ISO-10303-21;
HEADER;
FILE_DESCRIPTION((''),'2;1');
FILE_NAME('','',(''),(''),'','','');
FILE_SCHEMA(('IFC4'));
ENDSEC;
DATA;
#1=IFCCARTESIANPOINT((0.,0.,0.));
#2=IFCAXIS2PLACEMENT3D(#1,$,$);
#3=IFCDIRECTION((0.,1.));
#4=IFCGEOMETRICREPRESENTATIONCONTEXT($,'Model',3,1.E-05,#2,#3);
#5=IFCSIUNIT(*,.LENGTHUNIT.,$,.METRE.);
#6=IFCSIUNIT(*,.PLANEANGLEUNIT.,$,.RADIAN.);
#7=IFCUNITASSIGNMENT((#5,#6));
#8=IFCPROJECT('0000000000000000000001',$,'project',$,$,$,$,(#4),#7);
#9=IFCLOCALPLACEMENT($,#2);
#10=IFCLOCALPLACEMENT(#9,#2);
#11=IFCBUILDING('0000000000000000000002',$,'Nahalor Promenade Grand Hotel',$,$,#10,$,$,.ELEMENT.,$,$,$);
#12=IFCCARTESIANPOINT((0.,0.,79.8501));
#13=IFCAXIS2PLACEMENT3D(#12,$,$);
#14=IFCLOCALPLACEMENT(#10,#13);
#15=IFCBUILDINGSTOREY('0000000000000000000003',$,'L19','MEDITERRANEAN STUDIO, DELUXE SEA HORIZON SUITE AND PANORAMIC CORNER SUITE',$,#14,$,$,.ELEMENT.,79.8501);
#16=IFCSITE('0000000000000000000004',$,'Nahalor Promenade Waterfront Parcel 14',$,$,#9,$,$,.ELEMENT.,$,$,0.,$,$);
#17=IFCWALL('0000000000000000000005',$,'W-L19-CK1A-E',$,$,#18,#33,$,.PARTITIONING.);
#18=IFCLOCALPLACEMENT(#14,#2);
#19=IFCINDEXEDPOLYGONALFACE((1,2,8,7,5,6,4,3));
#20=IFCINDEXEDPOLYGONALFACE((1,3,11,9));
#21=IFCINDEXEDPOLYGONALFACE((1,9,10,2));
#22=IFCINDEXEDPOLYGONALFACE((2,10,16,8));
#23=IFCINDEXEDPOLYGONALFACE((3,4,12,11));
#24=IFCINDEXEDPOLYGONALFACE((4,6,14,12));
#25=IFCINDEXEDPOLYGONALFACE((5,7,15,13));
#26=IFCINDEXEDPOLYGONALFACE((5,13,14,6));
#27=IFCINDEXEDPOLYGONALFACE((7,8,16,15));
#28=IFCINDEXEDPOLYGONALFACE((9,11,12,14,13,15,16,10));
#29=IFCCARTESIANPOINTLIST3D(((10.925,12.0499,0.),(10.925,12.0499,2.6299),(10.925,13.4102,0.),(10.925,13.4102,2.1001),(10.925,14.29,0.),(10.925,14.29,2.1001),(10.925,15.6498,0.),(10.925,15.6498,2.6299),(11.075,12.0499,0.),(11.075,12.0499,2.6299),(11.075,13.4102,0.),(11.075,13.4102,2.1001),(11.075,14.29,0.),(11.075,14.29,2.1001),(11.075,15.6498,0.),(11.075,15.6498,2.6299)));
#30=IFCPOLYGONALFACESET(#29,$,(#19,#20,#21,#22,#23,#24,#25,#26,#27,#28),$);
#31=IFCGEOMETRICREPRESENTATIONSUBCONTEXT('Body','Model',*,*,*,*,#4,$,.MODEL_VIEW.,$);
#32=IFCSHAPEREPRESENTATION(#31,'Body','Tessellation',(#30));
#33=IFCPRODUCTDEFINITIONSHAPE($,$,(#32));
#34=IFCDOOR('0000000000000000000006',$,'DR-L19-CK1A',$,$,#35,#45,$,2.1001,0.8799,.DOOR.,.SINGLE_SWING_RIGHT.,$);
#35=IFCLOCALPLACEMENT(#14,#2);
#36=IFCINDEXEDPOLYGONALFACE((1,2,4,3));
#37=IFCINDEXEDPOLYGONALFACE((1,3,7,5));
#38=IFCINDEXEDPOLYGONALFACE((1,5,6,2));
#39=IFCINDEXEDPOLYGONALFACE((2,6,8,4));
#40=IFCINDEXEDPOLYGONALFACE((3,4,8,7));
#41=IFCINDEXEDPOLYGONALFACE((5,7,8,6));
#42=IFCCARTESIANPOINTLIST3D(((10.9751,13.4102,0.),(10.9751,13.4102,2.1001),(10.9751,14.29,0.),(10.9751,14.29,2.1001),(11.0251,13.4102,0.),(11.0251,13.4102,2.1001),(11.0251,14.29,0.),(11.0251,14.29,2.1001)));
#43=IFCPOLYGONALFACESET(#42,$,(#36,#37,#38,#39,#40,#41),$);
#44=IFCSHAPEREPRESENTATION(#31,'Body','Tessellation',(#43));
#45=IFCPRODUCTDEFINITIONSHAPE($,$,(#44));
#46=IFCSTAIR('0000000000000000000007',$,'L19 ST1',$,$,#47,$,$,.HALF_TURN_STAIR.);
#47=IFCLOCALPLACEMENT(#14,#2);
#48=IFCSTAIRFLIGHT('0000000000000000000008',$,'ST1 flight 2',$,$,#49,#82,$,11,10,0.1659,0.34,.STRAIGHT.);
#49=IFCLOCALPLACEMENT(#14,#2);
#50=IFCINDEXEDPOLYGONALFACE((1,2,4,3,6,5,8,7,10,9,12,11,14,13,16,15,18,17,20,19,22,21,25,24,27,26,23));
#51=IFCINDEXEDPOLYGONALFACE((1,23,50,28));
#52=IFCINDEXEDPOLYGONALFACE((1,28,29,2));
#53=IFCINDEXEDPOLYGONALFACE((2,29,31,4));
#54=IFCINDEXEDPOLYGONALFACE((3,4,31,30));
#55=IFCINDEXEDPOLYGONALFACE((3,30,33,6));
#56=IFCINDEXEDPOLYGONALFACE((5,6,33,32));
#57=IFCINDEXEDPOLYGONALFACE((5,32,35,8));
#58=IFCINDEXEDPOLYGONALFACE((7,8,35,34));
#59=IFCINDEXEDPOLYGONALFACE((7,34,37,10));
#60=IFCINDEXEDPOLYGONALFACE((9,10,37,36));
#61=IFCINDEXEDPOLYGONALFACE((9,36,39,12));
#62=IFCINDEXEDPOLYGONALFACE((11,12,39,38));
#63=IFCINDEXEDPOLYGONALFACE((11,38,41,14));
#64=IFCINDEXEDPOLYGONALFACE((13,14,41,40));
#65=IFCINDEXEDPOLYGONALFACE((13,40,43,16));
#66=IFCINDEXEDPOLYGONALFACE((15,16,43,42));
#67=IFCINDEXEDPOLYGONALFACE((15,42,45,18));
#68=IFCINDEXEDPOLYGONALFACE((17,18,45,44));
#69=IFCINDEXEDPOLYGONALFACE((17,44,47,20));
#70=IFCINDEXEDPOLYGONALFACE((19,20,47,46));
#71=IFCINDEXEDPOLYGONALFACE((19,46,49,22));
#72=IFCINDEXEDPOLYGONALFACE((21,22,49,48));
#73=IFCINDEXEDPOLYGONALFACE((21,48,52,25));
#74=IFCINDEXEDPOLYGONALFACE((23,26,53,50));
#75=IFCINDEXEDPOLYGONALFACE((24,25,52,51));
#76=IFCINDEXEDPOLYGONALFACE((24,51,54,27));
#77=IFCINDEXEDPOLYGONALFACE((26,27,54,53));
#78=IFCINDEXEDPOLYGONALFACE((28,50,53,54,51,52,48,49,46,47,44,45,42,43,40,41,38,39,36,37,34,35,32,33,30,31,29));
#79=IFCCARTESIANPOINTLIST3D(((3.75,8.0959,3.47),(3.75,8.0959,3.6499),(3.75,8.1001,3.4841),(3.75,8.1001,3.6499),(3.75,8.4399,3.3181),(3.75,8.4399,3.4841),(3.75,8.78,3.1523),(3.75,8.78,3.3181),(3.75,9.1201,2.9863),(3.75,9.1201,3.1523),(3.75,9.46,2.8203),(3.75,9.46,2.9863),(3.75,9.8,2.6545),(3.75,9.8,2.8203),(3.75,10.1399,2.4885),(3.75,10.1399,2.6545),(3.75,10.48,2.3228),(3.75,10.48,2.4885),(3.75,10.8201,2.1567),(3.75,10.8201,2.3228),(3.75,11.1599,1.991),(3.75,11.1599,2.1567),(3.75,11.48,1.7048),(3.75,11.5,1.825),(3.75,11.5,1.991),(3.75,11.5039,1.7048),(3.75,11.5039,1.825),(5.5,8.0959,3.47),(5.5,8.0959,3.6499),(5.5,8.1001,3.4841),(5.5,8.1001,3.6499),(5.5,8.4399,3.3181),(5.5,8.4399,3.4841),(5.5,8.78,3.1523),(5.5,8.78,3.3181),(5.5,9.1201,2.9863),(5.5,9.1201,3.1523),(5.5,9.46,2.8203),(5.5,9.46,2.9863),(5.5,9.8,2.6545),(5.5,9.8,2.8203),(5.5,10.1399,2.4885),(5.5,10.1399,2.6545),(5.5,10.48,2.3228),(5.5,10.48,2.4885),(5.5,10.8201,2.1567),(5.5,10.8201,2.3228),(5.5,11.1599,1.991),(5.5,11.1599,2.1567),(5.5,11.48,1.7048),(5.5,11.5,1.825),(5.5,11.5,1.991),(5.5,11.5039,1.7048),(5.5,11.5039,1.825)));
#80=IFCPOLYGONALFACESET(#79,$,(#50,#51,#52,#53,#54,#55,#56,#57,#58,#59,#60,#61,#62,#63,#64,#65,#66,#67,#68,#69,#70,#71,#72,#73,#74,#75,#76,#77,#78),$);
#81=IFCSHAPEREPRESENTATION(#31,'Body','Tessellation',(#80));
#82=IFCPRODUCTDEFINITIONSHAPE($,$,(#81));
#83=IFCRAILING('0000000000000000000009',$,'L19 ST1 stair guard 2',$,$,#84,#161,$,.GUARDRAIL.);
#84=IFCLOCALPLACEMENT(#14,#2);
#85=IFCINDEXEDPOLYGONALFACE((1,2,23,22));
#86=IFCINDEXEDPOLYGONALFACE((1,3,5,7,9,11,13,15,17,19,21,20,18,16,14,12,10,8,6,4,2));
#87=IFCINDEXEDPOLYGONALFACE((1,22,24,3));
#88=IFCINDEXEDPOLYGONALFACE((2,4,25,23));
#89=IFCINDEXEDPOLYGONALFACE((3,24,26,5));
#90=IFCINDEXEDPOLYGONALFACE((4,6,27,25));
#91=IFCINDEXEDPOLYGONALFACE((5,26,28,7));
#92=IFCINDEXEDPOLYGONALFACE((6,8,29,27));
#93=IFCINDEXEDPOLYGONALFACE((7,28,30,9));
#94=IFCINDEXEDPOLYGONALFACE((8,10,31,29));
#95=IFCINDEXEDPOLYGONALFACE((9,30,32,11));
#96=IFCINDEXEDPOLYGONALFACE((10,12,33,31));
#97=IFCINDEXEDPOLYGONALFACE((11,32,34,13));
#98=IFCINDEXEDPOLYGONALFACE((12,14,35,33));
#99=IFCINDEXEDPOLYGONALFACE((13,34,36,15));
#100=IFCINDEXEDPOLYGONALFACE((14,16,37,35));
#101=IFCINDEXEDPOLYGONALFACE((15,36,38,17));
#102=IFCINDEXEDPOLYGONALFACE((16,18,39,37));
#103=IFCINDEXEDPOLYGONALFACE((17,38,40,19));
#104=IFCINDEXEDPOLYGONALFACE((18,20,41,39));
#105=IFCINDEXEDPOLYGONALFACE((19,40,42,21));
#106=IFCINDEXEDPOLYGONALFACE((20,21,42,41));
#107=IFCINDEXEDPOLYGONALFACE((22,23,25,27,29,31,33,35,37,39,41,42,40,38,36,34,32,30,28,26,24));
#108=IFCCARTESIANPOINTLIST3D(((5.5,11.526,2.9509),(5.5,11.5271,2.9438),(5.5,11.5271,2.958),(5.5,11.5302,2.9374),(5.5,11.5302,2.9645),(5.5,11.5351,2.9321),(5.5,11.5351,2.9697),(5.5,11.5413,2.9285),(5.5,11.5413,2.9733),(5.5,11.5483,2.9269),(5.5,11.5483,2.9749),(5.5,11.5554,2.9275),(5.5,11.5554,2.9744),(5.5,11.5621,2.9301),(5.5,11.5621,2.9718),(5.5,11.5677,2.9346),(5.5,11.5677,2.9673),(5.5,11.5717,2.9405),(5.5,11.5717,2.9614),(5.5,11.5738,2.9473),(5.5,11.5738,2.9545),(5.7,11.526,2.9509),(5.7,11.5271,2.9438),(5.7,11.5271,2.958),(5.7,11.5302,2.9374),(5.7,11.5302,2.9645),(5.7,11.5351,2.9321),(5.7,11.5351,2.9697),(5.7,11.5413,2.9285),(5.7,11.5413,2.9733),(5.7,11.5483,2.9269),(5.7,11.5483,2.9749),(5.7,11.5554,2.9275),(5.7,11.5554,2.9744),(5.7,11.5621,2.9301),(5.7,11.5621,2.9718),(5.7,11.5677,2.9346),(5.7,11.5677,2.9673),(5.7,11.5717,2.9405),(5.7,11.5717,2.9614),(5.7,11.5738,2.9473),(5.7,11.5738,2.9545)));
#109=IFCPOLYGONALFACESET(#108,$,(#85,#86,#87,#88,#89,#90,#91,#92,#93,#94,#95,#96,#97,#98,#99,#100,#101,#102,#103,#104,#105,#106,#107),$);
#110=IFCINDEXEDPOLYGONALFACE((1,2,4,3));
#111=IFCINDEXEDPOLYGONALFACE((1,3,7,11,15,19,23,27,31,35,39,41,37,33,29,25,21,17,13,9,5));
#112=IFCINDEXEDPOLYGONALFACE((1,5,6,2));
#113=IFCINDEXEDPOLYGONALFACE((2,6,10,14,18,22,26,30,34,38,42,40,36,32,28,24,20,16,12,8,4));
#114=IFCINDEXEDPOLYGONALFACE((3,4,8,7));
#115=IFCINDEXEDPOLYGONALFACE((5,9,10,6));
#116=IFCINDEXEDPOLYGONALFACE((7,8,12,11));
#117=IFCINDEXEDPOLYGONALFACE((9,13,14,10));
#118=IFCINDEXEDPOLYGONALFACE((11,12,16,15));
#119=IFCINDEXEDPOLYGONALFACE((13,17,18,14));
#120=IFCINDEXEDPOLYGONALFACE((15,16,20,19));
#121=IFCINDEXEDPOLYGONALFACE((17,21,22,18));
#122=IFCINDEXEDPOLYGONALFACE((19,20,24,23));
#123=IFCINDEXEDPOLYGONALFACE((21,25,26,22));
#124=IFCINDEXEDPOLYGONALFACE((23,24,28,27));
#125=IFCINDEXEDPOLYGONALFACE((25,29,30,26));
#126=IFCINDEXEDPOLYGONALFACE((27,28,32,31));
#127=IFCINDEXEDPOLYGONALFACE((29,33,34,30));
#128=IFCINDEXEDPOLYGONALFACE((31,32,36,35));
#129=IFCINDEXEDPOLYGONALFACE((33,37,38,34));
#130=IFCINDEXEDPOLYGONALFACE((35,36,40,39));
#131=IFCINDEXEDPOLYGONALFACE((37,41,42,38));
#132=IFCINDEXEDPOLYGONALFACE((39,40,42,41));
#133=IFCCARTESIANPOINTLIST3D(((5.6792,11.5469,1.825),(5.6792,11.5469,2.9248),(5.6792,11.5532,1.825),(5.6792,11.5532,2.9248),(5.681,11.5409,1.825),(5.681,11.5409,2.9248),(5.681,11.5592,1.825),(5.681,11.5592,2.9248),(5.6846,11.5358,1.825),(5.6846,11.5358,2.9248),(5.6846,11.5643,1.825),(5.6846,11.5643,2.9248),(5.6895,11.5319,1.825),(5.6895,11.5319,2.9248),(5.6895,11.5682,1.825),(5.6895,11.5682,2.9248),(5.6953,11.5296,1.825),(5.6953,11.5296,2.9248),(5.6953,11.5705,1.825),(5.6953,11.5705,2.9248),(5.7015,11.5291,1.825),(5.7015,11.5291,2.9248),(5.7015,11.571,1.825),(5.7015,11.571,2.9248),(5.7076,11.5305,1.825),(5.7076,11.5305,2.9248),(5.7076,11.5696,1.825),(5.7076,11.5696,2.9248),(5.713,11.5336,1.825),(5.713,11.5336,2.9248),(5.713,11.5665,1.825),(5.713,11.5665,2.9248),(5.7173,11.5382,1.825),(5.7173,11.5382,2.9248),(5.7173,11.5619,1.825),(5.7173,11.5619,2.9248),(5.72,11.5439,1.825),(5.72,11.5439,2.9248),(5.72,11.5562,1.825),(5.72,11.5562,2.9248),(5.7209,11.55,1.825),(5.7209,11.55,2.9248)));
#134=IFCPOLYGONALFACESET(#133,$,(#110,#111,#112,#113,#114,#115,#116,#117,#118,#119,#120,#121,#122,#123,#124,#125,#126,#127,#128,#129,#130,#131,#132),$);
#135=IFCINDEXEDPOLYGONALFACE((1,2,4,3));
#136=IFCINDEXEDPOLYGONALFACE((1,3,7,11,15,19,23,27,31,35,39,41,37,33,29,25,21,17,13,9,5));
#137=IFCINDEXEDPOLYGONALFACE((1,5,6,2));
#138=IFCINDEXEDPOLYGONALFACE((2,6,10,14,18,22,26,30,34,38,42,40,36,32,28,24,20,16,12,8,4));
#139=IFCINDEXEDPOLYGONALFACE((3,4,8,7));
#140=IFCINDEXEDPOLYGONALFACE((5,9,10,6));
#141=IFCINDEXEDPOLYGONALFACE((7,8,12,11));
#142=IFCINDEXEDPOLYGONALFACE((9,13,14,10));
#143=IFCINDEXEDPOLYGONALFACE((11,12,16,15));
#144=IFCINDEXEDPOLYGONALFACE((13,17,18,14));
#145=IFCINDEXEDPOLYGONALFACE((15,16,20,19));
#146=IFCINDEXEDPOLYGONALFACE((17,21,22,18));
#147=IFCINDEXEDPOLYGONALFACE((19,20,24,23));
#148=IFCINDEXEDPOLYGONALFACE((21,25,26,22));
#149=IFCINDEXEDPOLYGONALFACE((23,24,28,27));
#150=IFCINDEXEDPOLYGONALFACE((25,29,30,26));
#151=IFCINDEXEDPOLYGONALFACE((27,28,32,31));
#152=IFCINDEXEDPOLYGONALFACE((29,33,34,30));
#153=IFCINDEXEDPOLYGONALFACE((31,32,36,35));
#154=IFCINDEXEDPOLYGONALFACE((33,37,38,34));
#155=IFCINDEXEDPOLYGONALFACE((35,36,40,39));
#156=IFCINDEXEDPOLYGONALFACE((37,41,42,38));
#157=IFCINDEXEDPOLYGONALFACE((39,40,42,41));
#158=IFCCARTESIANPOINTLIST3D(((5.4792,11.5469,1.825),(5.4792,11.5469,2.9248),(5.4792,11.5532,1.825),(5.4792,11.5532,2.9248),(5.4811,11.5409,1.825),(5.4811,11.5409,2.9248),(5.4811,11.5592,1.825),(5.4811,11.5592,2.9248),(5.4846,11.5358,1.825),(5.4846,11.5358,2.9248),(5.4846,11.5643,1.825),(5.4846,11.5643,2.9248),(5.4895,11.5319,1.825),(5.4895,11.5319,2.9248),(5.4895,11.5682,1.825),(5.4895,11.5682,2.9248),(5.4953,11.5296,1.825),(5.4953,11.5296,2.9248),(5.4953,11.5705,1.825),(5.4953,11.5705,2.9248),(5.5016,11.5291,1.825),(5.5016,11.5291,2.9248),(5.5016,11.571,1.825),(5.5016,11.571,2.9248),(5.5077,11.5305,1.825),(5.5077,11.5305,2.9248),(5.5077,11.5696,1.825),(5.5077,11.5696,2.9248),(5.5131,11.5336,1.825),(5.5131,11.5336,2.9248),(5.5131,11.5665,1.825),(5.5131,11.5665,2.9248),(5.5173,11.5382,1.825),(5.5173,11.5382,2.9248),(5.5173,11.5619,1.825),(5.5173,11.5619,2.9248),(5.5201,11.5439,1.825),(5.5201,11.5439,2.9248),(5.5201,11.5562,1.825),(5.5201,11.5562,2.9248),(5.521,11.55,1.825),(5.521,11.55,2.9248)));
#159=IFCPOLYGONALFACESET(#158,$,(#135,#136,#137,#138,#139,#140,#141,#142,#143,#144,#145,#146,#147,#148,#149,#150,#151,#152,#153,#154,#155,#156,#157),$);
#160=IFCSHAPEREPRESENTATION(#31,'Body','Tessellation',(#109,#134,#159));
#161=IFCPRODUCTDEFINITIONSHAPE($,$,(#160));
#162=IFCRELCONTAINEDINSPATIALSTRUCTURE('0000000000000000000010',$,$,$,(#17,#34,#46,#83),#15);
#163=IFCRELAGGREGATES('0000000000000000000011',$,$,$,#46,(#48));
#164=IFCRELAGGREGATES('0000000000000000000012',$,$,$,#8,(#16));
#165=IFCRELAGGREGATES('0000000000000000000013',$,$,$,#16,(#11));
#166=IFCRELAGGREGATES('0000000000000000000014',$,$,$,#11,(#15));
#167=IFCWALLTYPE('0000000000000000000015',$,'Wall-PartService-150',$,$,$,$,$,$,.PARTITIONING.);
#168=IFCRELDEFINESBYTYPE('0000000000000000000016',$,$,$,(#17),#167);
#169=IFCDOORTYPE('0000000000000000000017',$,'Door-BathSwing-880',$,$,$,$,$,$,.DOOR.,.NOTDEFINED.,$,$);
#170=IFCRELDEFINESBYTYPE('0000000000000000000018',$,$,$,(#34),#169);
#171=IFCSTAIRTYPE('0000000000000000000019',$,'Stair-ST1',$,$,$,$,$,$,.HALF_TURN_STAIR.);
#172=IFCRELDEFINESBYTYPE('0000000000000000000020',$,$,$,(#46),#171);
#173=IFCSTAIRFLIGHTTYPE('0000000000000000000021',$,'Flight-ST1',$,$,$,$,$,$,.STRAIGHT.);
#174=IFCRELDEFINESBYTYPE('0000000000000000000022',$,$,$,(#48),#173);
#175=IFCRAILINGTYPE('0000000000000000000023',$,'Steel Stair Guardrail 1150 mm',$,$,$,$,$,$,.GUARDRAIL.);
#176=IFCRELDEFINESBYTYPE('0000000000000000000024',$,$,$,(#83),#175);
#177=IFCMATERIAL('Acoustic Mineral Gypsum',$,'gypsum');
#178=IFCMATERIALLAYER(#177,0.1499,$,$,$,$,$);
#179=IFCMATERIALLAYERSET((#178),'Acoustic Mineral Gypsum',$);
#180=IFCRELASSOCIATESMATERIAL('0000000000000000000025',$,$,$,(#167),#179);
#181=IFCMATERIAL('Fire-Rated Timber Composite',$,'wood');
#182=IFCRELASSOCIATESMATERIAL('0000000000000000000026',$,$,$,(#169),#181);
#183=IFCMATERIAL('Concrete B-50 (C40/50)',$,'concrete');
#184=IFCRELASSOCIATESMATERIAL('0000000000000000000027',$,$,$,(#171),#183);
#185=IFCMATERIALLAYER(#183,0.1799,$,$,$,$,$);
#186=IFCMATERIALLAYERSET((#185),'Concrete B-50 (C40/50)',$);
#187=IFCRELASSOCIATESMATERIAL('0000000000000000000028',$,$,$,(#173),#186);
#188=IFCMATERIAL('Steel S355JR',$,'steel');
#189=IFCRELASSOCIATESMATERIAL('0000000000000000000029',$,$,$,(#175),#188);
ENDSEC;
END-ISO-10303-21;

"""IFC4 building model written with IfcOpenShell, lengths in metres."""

from ifc_helpers import new_model, si_unit, direction, frame, frame_2d, origin, origin_2d, place, context, subcontext, project, spatial, polyline, rectangle, circle, outline, extrude, source, transform, mapped, material, layer, layer_set, type_object, element, fill, aggregate, save


model = new_model("IFC4")

# Units and contexts
model_context = context("Model", 3, precision=1e-05, world=origin(), true_north=direction((0.0, 1.0)))
body_context = subcontext(model_context, "Body", "Model", "MODEL_VIEW")
ifc_project = project(units=[si_unit("LENGTHUNIT", "METRE"), si_unit("PLANEANGLEUNIT", "RADIAN")], contexts=[model_context])

# Site, building, storey
site_placement = place(None, origin())
site = spatial("IfcSite", under=ifc_project, at=site_placement, Name="Nahalor Promenade Waterfront Parcel 14", CompositionType="ELEMENT", RefElevation=0.0)
building_placement = place(site_placement, origin())
building = spatial("IfcBuilding", under=site, at=building_placement, Name="Nahalor Promenade Grand Hotel", CompositionType="ELEMENT")
storey_placement = place(building_placement, frame((0.0, 0.0, 79.8501)))
storey = spatial("IfcBuildingStorey", under=building, at=storey_placement, Name="L19", Description="MEDITERRANEAN STUDIO, DELUXE SEA HORIZON SUITE AND PANORAMIC CORNER SUITE", CompositionType="ELEMENT", Elevation=79.8501)

# Shared definitions
ifc_material_1 = material(Name="Steel S355JR", Category="steel")

# Shared definitions
ifc_material_2 = material(Name="Concrete B-50 (C40/50)", Category="concrete")
ifc_material_3 = material(Name="Acoustic Mineral Gypsum", Category="gypsum")
ifc_layer_1 = layer(ifc_material_3, 0.1499)
ifc_layer_set_1 = layer_set([ifc_layer_1], Name="Acoustic Mineral Gypsum")
wall_type_1 = type_object("IfcWallType", Name="Wall-PartService-150", PredefinedType="PARTITIONING", material=ifc_layer_set_1)
shared_shape_1 = source(origin(), body_context, "Body", "SweptSolid", [
    extrude(rectangle(XDim=3.5999, YDim=0.1499, at=frame_2d((1.7998, 0.0))), origin(), (0.0, 0.0, 1.0), 2.6299),
])

# Wall, opening, door
wall_1_placement = place(storey_placement, frame((11.0, 12.05, 0.0), z_axis=(0.0, 0.0, 1.0), x_axis=(0.0, 1.0, 0.0)))
wall_1 = element("IfcWall", 1, at=wall_1_placement, inside=storey, type_object=wall_type_1, Name="W-L19-CK1A-E", PredefinedType="PARTITIONING", context=body_context, shape_type="MappedRepresentation", body=[
    mapped(shared_shape_1, transform((0.0, 0.0, 0.0), scale=1.0)),
])
opening_placement = place(wall_1_placement, frame((1.3601, 0.0, 0.0)))
opening = element("IfcOpeningElement", 2, at=opening_placement, cuts=wall_1, PredefinedType="OPENING", context=body_context, shape_type="SweptSolid", body=[
    extrude(rectangle(XDim=0.8799, YDim=2.1001, at=frame_2d((0.4399, 1.05))), frame((0.0, 0.085, 0.0), z_axis=(0.0, -1.0, 0.0), x_axis=(1.0, 0.0, 0.0)), (0.0, 0.0, 1.0), 0.1699),
])
ifc_material_4 = material(Name="Fire-Rated Timber Composite", Category="wood")
door_type = type_object("IfcDoorType", Name="Door-BathSwing-880", OperationType="NOTDEFINED", PredefinedType="DOOR", material=ifc_material_4)
shared_shape_2 = source(origin(), body_context, "Body", "SweptSolid", [
    extrude(rectangle(XDim=0.8799, YDim=2.1001, at=frame_2d((0.4399, 1.05))), frame((0.0, 0.0249, 0.0), z_axis=(0.0, -1.0, 0.0), x_axis=(1.0, 0.0, 0.0)), (0.0, 0.0, 1.0), 0.05),
])
door_placement = place(opening_placement, origin())
door = element("IfcDoor", 3, at=door_placement, inside=storey, type_object=door_type, Name="DR-L19-CK1A", OperationType="SINGLE_SWING_RIGHT", OverallHeight=2.1001, OverallWidth=0.8799, PredefinedType="DOOR", context=body_context, shape_type="MappedRepresentation", body=[
    mapped(shared_shape_2, transform((0.0, 0.0, 0.0), scale=1.0)),
])
fill(opening, door)

# Stair, stair flight
stair_type = type_object("IfcStairType", Name="Stair-ST1", PredefinedType="HALF_TURN_STAIR", material=ifc_material_2)
stair_placement = place(storey_placement, origin())
stair = element("IfcStair", 4, at=stair_placement, inside=storey, type_object=stair_type, Name="L19 ST1", PredefinedType="HALF_TURN_STAIR")
ifc_layer_2 = layer(ifc_material_2, 0.1799)
ifc_layer_set_2 = layer_set([ifc_layer_2], Name="Concrete B-50 (C40/50)")
stair_flight_type = type_object("IfcStairFlightType", Name="Flight-ST1", PredefinedType="STRAIGHT", material=ifc_layer_set_2)
shared_shape_3 = source(origin(), body_context, "Body", "SweptSolid", [
    extrude(outline(polyline([(-0.0039, -0.1201), (-0.0039, 0.0), (0.0, 0.0), (0.0, 0.166), (0.3401, 0.166), (0.3401, 0.3318), (0.6799, 0.3318), (0.6799, 0.4978), (1.02, 0.4978), (1.02, 0.6636), (1.3601, 0.6636), (1.3601, 0.8296), (1.7, 0.8296), (1.7, 0.9954), (2.04, 0.9954), (2.04, 1.1614), (2.3799, 1.1614), (2.3799, 1.3274), (2.72, 1.3274), (2.72, 1.4932), (3.0601, 1.4932), (3.0601, 1.6592), (3.3999, 1.6592), (3.3999, 1.825), (3.4041, 1.825), (3.4041, 1.645), (0.02, -0.1201), (-0.0039, -0.1201)])), frame((0.0, 0.875, 0.0), z_axis=(0.0, -1.0, 0.0), x_axis=(1.0, 0.0, 0.0)), (0.0, 0.0, 1.0), 1.75),
])
stair_flight_placement = place(storey_placement, frame((4.625, 11.5, 1.825), z_axis=(0.0, 0.0, 1.0), x_axis=(0.0, -1.0, 0.0)))
stair_flight = element("IfcStairFlight", 5, at=stair_flight_placement, type_object=stair_flight_type, Name="ST1 flight 2", NumberOfRisers=11, NumberOfTreads=10, PredefinedType="STRAIGHT", RiserHeight=0.1659, TreadLength=0.34, context=body_context, shape_type="MappedRepresentation", body=[
    mapped(shared_shape_3, transform((0.0, 0.0, 0.0), scale=1.0)),
])
aggregate(stair, [stair_flight])

# Railing
railing_type_1 = type_object("IfcRailingType", Name="Steel Stair Guardrail 1150 mm", PredefinedType="GUARDRAIL", material=ifc_material_1)
railing_1_placement = place(storey_placement, frame((5.7, 11.55, 1.825)))
element("IfcRailing", 6, at=railing_1_placement, inside=storey, type_object=railing_type_1, Name="L19 ST1 stair guard 2", PredefinedType="GUARDRAIL", context=body_context, shape_type="SweptSolid", body=[
    extrude(circle(Radius=0.024, at=origin_2d()), frame((0.0, 0.0, 1.126), z_axis=(-1.0, 0.0, 0.0), x_axis=(0.0, -1.0, 0.0)), (0.0, 0.0, 1.0), 0.2),
    extrude(circle(Radius=0.021, at=origin_2d()), origin(), (0.0, 0.0, 1.0), 1.0999),
    extrude(circle(Radius=0.021, at=origin_2d()), frame((-0.2, 0.0, 0.0)), (0.0, 0.0, 1.0), 1.0999),
])

save(model, "model.ifc")
